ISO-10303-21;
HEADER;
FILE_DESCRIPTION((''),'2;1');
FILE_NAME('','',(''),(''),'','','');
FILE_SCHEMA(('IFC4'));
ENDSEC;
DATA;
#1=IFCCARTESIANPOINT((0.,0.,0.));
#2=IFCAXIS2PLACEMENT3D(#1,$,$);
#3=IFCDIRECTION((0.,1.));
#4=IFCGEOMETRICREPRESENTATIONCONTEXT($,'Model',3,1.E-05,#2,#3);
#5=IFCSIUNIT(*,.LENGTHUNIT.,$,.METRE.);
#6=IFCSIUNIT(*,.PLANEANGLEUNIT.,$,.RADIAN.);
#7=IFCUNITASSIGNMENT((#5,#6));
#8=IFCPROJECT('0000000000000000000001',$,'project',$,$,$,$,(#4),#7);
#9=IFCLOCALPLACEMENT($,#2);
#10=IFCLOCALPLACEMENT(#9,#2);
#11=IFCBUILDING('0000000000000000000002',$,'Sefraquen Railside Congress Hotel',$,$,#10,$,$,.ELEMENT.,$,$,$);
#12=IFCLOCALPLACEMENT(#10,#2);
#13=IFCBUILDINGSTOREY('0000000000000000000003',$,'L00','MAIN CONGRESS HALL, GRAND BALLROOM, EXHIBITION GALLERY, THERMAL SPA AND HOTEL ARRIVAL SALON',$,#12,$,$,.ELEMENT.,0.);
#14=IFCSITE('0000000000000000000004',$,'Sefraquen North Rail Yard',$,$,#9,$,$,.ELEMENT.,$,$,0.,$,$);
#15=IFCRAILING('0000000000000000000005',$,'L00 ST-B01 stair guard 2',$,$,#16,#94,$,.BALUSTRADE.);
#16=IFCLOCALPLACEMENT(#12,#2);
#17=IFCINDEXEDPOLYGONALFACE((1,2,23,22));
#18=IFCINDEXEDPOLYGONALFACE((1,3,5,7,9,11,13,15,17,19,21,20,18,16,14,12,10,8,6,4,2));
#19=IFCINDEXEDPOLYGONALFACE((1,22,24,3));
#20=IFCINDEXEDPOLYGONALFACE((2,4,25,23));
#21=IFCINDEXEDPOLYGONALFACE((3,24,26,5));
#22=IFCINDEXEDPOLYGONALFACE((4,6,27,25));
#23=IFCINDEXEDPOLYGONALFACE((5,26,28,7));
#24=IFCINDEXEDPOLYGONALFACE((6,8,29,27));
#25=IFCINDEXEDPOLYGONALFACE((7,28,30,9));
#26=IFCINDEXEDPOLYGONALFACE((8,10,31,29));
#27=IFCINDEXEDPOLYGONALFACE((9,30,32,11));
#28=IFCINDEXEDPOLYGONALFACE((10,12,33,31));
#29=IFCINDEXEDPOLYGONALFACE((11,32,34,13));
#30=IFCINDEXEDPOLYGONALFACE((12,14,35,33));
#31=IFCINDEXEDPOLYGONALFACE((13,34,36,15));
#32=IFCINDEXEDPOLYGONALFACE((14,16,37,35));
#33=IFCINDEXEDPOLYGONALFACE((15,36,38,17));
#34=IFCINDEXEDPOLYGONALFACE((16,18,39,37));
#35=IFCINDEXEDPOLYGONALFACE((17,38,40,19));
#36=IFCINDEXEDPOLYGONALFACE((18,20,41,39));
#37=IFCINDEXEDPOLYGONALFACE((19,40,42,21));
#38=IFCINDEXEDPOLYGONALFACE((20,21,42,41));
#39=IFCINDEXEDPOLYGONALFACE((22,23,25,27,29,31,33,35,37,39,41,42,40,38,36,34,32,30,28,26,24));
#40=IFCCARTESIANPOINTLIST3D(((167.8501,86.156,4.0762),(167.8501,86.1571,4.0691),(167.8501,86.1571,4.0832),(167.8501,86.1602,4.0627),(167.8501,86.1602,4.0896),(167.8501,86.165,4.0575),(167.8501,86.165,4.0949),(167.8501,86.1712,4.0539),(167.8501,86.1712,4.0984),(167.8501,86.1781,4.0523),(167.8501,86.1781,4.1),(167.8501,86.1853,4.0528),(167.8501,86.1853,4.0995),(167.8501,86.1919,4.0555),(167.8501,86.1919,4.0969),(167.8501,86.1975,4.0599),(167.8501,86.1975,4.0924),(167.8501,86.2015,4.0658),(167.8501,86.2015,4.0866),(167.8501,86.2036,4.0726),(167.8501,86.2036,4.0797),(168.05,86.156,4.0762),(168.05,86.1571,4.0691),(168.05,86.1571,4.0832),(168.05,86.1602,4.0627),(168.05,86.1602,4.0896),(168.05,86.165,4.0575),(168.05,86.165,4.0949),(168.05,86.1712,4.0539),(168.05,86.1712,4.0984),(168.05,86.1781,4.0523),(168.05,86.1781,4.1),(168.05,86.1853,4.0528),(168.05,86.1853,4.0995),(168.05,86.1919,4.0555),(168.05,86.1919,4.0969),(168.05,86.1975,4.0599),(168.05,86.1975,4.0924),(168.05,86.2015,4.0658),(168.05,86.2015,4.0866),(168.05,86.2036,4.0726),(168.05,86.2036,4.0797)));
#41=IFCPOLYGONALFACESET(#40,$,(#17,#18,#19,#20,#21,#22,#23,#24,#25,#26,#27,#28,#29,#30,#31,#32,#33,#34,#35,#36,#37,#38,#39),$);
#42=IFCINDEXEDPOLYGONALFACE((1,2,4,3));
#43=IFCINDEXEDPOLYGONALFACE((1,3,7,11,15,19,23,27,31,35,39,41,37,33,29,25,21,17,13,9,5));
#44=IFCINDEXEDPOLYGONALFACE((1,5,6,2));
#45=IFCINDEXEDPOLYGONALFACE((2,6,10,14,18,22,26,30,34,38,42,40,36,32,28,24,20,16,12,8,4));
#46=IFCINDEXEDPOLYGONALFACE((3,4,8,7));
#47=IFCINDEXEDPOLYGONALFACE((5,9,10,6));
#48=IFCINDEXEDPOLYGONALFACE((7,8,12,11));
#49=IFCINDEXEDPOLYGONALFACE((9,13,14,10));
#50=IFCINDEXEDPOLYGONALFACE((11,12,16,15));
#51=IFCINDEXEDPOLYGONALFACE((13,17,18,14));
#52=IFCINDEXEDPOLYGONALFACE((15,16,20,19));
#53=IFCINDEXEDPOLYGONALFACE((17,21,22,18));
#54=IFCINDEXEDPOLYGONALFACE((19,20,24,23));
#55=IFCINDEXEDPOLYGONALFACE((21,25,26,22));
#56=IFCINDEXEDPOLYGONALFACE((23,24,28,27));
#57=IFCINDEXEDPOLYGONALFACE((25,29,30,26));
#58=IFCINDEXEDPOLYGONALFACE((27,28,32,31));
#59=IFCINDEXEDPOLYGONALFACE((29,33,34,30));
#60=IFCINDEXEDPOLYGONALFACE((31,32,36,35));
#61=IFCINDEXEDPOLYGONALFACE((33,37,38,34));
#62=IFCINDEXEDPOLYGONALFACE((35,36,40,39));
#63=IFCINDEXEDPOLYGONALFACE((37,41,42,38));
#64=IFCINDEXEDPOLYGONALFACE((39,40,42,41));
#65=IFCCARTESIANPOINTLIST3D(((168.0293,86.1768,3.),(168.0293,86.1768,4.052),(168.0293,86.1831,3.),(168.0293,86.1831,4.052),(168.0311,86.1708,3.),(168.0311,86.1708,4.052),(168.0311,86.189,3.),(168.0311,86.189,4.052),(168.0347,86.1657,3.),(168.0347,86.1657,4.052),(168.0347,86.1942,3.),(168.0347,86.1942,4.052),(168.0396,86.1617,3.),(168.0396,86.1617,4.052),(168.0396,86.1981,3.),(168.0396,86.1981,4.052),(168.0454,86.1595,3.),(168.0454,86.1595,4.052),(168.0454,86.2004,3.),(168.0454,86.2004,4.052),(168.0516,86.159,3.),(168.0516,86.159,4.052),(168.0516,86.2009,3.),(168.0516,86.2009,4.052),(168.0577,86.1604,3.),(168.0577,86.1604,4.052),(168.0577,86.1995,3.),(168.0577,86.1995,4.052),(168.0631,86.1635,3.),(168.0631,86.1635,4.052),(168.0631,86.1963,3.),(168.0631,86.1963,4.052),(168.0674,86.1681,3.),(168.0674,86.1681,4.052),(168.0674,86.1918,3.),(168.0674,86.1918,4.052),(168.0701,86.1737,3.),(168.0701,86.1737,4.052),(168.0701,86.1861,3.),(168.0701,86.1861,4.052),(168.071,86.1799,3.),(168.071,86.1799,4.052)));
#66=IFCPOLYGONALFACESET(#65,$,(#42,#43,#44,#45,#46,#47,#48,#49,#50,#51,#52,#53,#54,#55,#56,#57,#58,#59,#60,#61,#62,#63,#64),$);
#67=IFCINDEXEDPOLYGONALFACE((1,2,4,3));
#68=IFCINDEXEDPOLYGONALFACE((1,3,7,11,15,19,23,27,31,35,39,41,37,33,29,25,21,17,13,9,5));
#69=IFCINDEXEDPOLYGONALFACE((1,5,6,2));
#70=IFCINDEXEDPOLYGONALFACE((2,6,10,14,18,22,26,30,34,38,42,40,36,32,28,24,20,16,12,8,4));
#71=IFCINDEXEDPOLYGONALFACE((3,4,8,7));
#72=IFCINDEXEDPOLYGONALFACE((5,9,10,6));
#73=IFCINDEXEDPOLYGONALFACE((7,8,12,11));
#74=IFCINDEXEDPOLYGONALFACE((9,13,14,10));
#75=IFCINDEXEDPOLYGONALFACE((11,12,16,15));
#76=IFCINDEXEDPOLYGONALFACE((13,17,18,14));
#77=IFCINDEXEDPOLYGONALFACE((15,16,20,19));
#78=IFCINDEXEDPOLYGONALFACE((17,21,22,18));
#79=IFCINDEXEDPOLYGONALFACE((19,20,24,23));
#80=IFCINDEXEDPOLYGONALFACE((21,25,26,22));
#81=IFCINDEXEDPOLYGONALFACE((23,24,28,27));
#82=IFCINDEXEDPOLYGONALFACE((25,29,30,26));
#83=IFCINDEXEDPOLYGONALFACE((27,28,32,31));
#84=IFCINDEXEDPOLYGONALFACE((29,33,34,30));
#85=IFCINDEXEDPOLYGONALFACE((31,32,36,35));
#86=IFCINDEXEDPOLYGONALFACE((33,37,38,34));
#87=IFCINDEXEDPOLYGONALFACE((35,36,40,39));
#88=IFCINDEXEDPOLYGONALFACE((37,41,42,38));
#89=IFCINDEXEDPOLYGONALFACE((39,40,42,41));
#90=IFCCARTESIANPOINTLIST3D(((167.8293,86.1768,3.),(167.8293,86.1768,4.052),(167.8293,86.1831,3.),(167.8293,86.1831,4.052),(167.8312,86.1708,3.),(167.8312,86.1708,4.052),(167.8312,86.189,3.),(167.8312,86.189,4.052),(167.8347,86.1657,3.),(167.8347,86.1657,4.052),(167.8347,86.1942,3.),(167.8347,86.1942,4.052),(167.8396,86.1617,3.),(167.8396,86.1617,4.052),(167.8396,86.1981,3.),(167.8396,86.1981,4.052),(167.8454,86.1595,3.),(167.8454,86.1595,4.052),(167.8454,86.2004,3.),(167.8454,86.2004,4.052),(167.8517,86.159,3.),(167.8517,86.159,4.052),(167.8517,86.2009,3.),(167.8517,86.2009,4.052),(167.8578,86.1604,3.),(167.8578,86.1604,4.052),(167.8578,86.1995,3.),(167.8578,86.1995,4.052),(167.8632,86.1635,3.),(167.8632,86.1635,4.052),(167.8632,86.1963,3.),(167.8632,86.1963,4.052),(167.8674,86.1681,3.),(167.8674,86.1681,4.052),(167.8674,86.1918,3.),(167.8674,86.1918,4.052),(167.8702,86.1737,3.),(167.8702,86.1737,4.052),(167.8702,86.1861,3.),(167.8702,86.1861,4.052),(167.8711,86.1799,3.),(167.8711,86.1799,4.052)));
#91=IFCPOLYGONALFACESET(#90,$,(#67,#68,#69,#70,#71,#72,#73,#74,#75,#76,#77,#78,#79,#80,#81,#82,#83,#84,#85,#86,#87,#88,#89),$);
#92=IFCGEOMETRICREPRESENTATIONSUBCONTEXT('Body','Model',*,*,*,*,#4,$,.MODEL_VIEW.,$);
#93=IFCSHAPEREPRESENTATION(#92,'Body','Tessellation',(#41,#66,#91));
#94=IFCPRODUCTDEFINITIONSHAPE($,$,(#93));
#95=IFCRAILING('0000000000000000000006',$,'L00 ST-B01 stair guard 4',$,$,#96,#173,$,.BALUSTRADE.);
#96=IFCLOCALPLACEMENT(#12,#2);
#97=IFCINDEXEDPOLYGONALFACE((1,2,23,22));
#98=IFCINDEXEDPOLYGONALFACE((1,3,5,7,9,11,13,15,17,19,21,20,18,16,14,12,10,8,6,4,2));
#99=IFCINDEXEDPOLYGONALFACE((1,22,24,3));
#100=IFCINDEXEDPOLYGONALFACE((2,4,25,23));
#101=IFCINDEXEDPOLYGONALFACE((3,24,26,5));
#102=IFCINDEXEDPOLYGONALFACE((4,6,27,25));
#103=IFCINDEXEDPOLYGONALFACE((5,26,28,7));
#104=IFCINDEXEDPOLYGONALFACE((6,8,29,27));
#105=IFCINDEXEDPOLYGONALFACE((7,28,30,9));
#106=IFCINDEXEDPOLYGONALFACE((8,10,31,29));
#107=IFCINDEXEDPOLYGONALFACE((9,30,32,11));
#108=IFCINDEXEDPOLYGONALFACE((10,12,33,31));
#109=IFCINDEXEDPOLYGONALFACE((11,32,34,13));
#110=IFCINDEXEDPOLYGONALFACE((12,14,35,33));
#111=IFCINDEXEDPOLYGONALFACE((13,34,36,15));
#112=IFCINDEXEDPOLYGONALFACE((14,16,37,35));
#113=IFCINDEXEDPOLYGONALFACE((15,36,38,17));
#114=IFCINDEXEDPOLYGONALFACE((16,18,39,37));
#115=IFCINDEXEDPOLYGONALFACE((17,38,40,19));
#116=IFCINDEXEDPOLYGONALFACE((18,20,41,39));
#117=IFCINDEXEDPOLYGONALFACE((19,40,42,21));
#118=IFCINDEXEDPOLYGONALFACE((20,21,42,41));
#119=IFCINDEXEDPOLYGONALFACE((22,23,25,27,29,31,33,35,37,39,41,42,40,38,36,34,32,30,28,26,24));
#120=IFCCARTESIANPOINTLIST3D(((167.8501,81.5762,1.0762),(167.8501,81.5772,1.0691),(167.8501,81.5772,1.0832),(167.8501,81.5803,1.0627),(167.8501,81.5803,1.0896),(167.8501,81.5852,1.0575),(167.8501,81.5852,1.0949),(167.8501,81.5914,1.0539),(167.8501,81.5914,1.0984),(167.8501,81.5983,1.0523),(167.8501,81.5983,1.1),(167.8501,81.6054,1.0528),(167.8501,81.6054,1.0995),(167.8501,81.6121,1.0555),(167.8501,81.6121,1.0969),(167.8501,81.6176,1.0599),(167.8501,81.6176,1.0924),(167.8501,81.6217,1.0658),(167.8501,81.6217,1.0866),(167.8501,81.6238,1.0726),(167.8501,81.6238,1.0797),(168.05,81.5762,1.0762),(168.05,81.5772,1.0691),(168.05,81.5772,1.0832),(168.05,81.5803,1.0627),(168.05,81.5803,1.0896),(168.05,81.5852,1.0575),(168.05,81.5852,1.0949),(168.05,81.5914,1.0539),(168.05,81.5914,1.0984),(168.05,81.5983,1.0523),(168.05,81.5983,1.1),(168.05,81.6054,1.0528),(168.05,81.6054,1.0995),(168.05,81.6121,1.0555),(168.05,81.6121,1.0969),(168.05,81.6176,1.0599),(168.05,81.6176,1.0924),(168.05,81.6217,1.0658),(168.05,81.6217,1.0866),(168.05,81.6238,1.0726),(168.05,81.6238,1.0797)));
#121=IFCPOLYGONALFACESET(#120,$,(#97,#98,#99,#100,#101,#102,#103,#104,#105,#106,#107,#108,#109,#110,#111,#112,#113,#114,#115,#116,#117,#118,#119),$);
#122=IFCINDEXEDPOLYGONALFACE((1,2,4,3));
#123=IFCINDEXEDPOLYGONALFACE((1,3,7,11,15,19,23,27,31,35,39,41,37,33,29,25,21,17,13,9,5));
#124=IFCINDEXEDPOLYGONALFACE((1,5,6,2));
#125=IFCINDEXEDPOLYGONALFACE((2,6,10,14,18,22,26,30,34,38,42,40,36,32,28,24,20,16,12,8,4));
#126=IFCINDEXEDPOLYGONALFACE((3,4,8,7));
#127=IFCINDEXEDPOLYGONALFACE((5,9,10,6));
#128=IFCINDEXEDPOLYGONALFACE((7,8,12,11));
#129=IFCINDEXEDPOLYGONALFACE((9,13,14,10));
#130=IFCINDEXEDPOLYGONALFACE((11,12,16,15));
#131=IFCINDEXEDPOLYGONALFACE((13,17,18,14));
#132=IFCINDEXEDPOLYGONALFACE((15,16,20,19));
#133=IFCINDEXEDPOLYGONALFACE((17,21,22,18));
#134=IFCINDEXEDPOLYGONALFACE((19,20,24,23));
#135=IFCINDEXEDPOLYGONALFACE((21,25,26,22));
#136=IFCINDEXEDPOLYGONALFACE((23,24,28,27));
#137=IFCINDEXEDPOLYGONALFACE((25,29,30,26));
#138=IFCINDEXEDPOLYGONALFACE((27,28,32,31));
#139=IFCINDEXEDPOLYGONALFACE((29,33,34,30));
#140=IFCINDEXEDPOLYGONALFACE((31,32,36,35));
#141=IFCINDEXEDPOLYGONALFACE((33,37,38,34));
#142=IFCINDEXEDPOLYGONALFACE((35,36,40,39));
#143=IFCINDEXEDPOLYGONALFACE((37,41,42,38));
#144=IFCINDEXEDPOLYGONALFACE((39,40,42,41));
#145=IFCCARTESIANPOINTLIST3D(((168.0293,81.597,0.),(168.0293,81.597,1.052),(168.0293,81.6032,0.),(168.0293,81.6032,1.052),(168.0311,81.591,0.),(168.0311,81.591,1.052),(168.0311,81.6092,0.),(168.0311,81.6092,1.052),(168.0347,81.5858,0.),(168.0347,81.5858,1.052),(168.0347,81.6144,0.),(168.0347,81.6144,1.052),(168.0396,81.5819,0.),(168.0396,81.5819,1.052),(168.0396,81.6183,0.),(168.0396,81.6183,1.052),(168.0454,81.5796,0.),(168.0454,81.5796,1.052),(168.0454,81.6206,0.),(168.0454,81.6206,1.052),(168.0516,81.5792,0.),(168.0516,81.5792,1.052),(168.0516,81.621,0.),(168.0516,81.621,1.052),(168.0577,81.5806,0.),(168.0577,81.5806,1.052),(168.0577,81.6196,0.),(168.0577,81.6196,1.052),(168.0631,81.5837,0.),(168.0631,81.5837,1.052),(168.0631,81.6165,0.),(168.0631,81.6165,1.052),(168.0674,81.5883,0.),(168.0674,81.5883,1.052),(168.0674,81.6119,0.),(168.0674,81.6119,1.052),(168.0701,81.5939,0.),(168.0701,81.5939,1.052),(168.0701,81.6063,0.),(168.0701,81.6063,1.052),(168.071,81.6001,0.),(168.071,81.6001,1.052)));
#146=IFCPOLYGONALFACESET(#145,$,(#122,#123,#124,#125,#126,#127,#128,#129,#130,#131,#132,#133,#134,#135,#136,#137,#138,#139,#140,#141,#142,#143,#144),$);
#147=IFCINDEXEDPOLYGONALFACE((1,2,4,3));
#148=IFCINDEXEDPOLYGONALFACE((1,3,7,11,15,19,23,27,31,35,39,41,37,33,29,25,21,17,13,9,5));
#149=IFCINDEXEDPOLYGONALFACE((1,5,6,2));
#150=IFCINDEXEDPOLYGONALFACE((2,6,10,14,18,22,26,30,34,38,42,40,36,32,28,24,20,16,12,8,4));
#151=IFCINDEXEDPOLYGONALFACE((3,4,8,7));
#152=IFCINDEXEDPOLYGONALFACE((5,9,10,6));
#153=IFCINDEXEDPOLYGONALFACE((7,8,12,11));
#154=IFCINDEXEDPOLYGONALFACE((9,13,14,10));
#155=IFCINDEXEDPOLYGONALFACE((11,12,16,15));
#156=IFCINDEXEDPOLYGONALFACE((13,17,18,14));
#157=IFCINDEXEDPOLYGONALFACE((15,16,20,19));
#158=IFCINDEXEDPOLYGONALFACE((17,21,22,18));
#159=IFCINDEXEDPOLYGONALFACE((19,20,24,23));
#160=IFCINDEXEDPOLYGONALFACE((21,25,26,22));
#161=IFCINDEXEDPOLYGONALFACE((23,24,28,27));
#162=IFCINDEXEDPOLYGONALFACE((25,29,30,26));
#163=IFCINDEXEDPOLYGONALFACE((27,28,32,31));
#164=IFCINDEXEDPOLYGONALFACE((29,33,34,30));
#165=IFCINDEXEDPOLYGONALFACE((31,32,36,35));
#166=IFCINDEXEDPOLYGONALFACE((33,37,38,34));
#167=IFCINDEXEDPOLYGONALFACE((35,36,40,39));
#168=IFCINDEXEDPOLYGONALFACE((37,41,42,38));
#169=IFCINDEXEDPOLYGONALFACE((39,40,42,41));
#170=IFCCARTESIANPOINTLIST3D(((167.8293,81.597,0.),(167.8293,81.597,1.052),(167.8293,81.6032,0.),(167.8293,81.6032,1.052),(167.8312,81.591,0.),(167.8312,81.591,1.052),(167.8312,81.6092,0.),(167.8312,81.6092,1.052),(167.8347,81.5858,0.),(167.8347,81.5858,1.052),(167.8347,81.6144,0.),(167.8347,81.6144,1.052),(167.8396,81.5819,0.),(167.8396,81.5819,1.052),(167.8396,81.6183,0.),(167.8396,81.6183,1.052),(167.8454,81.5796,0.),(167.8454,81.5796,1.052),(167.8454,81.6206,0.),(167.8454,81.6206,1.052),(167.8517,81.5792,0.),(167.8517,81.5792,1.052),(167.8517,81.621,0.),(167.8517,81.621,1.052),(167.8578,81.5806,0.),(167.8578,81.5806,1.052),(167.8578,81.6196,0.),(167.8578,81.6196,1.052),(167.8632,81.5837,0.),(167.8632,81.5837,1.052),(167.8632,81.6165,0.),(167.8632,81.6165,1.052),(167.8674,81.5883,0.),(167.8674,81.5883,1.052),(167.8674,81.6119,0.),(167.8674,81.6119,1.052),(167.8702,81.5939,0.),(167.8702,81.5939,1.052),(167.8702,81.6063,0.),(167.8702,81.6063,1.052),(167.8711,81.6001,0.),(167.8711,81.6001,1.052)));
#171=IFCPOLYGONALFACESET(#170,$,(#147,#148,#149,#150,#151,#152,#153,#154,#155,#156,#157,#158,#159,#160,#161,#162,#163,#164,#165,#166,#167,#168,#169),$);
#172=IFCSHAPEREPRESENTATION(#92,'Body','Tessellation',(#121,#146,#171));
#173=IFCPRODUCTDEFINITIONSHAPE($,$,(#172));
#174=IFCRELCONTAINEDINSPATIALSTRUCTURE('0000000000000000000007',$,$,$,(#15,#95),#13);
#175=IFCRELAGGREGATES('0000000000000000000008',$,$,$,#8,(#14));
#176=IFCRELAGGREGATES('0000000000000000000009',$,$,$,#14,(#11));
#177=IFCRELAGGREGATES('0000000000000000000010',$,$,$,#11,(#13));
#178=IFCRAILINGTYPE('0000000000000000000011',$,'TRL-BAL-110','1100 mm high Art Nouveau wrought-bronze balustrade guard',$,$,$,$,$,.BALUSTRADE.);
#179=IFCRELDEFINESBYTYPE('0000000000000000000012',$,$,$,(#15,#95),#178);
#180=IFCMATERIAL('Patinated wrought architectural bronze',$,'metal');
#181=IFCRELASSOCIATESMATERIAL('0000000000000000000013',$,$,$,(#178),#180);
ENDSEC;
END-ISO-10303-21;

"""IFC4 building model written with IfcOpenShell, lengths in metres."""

from ifc_helpers import new_model, si_unit, direction, frame, origin, origin_2d, place, context, subcontext, project, spatial, circle, extrude, material, type_object, element, save


model = new_model("IFC4")

# Units and contexts
model_context = context("Model", 3, precision=1e-05, world=origin(), true_north=direction((0.0, 1.0)))
body_context = subcontext(model_context, "Body", "Model", "MODEL_VIEW")
ifc_project = project(units=[si_unit("LENGTHUNIT", "METRE"), si_unit("PLANEANGLEUNIT", "RADIAN")], contexts=[model_context])

# Site, building, storey
site_placement = place(None, origin())
site = spatial("IfcSite", under=ifc_project, at=site_placement, Name="Sefraquen North Rail Yard", CompositionType="ELEMENT", RefElevation=0.0)
building_placement = place(site_placement, origin())
building = spatial("IfcBuilding", under=site, at=building_placement, Name="Sefraquen Railside Congress Hotel", CompositionType="ELEMENT")
storey_placement = place(building_placement, origin())
storey = spatial("IfcBuildingStorey", under=building, at=storey_placement, Name="L00", Description="MAIN CONGRESS HALL, GRAND BALLROOM, EXHIBITION GALLERY, THERMAL SPA AND HOTEL ARRIVAL SALON", CompositionType="ELEMENT", Elevation=0.0)

# Railings
ifc_material_1 = material(Name="Patinated wrought architectural bronze", Category="metal")
railing_type_1 = type_object("IfcRailingType", Name="TRL-BAL-110", Description="1100 mm high Art Nouveau wrought-bronze balustrade guard", PredefinedType="BALUSTRADE", material=ifc_material_1)
for number, where, name in (
    (1, (168.05, 86.1799, 3.0), "L00 ST-B01 stair guard 2"),
    (2, (168.05, 81.6001, 0.0), "L00 ST-B01 stair guard 4"),
):
    element("IfcRailing", number, at=place(storey_placement, frame(where)), inside=storey, type_object=railing_type_1, Name=name, PredefinedType="BALUSTRADE", context=body_context, shape_type="SweptSolid", body=[
        extrude(circle(Radius=0.0239, at=origin_2d()), frame((0.0, 0.0, 1.0762), z_axis=(-1.0, 0.0, 0.0), x_axis=(0.0, -1.0, 0.0)), (0.0, 0.0, 1.0), 0.2),
        extrude(circle(Radius=0.021, at=origin_2d()), origin(), (0.0, 0.0, 1.0), 1.052),
        extrude(circle(Radius=0.021, at=origin_2d()), frame((-0.2, 0.0, 0.0)), (0.0, 0.0, 1.0), 1.052),
    ])

save(model, "model.ifc")
